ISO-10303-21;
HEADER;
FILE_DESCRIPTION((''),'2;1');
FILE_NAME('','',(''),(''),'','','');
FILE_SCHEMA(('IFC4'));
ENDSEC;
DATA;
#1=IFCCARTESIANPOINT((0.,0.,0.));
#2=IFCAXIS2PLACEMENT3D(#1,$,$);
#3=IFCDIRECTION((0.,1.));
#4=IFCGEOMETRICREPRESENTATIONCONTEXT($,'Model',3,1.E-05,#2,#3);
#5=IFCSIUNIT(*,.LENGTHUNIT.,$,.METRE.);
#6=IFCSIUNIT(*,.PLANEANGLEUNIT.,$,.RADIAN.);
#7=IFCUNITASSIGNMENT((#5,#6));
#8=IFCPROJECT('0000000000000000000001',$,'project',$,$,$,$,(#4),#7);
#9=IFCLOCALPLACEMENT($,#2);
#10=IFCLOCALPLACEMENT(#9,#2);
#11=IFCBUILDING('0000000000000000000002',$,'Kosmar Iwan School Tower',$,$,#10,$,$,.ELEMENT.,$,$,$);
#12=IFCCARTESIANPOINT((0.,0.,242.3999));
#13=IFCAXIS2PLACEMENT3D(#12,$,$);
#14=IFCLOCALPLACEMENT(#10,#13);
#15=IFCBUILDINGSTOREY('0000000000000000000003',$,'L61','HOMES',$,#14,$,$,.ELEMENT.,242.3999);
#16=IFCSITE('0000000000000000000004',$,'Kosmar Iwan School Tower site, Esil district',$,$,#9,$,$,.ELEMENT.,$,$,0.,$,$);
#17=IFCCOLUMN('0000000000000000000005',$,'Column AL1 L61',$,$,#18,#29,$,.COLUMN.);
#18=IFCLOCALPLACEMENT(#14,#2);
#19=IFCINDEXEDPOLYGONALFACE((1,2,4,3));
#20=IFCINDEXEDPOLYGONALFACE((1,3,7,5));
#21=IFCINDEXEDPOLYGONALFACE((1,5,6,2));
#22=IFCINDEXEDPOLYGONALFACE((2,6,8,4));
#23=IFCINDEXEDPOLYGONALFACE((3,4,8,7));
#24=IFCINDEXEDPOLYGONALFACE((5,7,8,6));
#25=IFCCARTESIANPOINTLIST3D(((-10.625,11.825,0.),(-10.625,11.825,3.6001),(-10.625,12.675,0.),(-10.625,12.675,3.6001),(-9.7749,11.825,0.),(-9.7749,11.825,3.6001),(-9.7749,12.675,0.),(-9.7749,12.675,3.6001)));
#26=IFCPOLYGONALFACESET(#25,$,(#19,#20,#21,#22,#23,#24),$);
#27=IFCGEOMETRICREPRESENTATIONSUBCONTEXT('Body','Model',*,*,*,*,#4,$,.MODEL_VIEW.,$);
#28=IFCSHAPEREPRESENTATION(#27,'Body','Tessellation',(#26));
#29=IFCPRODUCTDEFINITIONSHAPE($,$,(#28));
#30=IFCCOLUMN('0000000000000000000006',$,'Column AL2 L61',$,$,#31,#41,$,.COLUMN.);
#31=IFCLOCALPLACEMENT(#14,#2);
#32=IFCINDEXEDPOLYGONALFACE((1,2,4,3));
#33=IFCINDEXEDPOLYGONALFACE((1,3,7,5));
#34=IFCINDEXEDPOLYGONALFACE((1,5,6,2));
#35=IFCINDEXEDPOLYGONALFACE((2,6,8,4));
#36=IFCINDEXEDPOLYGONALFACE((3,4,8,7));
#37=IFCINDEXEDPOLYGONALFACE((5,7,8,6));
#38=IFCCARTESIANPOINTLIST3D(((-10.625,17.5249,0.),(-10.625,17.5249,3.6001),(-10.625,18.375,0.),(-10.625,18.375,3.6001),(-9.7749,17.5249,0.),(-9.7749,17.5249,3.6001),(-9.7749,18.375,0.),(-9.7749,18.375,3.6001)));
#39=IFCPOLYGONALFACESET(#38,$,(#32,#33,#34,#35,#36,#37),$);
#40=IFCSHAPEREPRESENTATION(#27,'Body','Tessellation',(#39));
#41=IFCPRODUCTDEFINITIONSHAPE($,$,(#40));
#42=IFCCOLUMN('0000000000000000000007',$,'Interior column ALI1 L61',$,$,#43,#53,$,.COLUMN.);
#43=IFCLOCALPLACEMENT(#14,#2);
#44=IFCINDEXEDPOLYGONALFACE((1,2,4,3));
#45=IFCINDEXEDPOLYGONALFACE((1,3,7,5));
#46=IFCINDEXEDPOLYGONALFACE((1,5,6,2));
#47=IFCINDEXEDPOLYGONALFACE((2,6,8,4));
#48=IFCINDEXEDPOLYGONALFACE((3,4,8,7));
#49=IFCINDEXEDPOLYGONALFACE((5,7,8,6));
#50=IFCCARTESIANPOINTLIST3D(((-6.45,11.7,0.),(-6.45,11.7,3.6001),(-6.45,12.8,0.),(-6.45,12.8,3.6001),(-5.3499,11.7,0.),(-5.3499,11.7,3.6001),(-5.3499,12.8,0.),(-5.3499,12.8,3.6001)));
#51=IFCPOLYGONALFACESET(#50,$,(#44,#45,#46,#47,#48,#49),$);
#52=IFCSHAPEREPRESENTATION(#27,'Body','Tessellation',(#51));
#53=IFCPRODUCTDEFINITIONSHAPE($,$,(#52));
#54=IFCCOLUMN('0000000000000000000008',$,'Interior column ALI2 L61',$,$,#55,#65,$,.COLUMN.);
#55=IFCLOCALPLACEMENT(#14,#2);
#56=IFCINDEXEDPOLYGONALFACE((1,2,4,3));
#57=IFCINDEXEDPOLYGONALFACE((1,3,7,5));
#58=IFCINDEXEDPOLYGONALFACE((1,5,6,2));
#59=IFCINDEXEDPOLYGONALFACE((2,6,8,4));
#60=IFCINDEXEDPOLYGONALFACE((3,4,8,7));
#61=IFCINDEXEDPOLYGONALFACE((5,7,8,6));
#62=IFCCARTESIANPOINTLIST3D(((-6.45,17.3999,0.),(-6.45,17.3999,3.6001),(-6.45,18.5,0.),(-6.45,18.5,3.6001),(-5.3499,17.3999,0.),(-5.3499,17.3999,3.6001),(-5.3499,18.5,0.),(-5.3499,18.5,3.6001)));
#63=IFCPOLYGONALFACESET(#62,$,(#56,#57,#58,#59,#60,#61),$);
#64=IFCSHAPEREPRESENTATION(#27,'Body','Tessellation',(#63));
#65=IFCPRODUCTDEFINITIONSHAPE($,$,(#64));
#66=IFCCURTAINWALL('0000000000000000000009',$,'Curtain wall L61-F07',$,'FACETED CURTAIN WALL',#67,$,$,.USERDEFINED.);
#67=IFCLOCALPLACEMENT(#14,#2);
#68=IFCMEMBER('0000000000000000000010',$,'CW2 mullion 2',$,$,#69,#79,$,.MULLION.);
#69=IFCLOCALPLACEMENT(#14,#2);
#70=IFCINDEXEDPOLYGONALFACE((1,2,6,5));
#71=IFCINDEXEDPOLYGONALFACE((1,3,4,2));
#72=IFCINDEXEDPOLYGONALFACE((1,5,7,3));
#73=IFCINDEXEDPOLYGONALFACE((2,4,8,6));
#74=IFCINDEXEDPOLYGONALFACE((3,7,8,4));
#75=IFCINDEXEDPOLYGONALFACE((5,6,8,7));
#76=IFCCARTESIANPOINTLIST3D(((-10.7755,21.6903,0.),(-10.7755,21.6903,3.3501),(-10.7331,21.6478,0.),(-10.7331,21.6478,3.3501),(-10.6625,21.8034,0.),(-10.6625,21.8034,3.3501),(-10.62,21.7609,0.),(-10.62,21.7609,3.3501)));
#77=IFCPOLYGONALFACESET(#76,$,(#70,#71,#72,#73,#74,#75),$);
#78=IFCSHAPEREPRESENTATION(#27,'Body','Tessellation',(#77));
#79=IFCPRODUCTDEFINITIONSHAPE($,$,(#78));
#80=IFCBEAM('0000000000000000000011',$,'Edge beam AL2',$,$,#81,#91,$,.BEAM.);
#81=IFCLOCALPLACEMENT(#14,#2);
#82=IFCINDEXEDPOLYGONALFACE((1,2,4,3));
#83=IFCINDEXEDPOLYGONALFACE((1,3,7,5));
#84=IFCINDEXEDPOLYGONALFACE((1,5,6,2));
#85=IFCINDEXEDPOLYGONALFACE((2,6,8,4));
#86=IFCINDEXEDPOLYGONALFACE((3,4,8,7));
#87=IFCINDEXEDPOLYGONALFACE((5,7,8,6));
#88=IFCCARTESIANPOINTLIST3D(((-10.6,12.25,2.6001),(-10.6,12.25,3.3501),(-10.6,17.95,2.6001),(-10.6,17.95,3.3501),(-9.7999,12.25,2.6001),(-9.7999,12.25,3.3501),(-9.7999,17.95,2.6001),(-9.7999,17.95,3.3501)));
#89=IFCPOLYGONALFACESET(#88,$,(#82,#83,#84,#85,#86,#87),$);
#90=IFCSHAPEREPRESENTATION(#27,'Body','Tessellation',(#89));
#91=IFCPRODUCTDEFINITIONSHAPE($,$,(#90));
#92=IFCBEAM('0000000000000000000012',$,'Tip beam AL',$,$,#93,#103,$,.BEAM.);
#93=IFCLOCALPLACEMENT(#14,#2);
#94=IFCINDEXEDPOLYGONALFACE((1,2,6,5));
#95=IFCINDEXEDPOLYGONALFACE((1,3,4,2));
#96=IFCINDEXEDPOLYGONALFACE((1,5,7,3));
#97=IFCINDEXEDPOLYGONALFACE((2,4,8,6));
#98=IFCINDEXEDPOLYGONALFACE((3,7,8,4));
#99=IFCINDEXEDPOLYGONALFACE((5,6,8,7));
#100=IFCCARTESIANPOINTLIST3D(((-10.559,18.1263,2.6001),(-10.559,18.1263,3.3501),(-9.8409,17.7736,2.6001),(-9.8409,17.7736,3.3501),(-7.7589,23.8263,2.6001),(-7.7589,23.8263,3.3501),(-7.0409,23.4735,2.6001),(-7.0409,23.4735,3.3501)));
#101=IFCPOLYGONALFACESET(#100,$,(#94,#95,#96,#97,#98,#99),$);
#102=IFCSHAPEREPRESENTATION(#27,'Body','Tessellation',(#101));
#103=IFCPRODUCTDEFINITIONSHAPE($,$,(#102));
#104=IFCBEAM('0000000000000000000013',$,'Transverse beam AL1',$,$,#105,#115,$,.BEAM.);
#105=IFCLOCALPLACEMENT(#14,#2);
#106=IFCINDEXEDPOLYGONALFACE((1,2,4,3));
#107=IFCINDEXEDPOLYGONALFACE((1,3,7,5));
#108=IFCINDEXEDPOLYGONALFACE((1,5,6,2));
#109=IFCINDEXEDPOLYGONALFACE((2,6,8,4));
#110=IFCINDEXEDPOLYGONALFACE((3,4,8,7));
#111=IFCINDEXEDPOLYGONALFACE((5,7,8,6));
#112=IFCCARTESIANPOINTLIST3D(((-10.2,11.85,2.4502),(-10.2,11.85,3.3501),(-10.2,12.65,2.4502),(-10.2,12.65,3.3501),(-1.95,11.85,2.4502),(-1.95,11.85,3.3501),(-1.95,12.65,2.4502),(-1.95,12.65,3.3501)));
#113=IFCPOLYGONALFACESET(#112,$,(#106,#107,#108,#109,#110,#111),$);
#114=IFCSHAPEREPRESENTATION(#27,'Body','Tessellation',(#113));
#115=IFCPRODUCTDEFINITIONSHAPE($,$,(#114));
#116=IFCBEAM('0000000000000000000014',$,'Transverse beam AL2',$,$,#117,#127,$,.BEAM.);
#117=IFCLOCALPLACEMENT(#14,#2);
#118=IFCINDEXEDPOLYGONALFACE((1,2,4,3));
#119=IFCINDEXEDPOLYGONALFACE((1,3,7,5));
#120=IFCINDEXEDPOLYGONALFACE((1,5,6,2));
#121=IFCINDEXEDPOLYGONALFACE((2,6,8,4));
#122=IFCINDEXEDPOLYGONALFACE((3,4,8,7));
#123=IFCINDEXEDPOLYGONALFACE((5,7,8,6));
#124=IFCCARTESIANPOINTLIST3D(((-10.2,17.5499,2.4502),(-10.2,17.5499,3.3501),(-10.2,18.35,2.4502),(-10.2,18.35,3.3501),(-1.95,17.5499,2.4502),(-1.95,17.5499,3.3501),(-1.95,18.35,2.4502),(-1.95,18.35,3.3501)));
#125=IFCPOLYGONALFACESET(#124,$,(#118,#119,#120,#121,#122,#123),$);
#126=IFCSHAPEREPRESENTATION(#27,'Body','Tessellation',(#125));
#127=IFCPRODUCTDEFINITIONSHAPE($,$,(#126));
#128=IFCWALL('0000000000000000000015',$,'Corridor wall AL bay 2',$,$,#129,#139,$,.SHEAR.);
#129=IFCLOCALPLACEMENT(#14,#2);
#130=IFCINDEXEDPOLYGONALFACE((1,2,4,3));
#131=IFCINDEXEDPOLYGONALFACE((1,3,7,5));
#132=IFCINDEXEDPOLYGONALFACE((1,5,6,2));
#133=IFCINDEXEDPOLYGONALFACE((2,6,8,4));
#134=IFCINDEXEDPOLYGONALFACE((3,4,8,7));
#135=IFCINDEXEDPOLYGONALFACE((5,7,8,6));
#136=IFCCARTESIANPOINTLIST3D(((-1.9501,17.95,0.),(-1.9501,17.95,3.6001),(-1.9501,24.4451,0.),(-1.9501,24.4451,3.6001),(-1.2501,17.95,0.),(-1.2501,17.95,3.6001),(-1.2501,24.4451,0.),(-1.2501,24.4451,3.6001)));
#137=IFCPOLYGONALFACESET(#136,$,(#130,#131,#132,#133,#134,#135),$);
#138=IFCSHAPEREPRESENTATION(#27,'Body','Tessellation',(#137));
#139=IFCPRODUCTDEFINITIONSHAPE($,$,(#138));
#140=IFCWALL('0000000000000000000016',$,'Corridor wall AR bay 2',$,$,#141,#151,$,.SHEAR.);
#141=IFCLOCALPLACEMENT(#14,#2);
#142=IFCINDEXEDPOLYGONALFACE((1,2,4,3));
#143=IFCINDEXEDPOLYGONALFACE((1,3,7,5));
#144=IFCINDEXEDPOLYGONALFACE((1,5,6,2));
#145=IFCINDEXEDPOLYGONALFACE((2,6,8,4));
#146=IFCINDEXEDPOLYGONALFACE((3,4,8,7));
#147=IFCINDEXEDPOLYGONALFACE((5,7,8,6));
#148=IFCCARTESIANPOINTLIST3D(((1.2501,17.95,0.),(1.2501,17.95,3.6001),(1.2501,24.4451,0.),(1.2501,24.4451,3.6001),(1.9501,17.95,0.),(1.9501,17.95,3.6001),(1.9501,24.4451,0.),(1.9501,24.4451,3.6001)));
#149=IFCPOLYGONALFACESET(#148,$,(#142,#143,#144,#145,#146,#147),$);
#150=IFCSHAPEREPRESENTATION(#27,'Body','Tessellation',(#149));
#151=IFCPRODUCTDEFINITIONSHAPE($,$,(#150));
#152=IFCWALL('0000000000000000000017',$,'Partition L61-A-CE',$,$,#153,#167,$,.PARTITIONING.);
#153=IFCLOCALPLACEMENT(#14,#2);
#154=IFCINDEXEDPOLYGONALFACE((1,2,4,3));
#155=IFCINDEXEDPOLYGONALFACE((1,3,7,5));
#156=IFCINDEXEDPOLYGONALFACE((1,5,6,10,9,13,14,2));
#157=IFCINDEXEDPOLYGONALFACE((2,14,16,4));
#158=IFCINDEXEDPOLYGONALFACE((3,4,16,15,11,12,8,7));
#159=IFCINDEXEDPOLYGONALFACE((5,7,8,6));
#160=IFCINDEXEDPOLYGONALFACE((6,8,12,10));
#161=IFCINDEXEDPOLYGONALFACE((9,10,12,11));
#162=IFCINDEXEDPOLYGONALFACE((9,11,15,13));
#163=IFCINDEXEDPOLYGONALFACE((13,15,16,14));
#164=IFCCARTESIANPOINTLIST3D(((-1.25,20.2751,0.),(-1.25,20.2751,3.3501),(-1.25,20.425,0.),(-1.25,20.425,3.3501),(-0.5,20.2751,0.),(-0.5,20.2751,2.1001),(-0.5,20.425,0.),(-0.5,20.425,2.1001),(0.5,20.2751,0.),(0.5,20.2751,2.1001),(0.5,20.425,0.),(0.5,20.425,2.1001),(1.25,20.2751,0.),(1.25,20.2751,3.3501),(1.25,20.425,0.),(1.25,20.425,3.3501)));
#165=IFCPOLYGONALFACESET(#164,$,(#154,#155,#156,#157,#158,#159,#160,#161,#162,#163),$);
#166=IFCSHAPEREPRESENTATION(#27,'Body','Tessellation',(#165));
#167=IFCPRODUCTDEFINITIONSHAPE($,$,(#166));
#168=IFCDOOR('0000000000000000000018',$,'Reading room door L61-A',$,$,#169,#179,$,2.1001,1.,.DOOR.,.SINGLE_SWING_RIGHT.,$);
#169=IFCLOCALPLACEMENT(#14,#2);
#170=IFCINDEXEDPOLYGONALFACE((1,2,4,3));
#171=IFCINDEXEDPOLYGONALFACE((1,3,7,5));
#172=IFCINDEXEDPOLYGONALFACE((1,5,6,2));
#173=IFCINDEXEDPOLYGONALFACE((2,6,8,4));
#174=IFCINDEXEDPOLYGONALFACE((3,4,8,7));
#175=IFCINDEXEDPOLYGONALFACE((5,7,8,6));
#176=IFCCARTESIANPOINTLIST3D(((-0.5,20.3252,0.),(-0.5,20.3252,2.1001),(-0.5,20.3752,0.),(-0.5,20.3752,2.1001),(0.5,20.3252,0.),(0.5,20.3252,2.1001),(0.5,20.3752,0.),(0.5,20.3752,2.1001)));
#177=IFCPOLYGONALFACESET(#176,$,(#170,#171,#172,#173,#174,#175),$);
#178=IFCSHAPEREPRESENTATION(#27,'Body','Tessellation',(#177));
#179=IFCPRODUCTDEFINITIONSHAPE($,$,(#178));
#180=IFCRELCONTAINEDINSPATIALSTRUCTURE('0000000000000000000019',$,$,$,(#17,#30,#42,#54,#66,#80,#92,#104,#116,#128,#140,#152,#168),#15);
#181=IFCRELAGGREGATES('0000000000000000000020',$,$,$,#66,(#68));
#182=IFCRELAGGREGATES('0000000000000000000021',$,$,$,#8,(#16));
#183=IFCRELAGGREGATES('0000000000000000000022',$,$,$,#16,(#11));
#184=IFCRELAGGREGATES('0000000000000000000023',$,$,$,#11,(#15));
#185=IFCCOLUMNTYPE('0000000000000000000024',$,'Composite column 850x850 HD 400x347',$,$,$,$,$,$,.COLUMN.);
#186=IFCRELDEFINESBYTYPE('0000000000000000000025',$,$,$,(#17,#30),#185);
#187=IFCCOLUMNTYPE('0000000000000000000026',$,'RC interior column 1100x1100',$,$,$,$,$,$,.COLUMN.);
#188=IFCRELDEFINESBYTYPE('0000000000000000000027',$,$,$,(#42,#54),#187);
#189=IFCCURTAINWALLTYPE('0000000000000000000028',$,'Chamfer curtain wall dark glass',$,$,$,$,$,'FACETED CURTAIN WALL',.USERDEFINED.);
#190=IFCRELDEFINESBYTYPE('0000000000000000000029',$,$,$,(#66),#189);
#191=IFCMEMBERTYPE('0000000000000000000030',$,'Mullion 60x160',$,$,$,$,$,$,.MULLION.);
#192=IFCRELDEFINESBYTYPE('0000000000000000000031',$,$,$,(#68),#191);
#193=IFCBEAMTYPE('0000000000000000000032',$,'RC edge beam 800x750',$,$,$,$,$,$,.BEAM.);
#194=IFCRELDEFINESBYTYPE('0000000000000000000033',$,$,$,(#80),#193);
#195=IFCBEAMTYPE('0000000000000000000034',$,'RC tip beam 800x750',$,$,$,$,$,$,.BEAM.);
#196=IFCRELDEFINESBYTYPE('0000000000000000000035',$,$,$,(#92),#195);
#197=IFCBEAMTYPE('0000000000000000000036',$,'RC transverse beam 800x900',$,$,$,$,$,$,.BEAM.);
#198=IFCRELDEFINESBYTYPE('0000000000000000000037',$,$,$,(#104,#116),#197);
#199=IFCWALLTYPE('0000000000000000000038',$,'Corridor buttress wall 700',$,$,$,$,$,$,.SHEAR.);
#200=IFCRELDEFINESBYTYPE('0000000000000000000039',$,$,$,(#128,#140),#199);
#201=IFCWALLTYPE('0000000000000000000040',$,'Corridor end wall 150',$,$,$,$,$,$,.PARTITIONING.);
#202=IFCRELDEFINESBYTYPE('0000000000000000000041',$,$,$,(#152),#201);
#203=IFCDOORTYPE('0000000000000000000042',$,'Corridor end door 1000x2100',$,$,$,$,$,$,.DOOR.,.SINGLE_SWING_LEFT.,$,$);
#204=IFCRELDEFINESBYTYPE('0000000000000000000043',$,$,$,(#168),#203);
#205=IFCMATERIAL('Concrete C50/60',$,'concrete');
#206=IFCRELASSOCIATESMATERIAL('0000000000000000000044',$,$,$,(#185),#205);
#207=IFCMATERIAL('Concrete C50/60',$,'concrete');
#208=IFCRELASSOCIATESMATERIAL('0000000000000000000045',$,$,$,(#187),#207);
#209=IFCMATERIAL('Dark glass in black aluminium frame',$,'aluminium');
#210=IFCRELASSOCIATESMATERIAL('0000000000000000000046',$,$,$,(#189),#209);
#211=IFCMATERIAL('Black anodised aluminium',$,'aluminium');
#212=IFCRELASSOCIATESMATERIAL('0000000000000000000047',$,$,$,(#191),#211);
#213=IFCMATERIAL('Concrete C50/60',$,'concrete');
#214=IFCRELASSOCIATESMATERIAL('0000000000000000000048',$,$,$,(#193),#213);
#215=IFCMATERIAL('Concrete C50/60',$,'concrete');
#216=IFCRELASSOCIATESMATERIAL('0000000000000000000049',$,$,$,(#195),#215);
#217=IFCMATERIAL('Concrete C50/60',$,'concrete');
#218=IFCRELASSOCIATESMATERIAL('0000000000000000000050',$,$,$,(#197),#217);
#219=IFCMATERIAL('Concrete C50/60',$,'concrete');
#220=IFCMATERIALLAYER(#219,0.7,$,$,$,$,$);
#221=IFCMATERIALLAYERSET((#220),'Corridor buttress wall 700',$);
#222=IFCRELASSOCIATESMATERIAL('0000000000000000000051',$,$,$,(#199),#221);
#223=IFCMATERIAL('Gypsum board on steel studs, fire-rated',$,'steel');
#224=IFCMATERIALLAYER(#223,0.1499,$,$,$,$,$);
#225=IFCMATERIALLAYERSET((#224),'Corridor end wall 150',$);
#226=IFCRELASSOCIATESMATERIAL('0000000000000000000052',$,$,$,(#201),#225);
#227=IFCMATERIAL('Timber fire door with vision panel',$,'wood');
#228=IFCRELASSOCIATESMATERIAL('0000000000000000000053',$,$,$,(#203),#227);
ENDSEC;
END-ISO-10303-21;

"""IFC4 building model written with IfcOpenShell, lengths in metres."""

from ifc_helpers import new_model, si_unit, direction, frame, frame_2d, origin, origin_2d, place, context, subcontext, project, spatial, rectangle, extrude, material, layer, layer_set, material_profile, profile_set, type_object, element, fill, aggregate, save


model = new_model("IFC4")

# Units and contexts
model_context = context("Model", 3, precision=1e-05, world=origin(), true_north=direction((0.0, 1.0)))
body_context = subcontext(model_context, "Body", "Model", "MODEL_VIEW")
ifc_project = project(units=[si_unit("LENGTHUNIT", "METRE"), si_unit("PLANEANGLEUNIT", "RADIAN")], contexts=[model_context])

# Site, building, storey
site_placement = place(None, origin())
site = spatial("IfcSite", under=ifc_project, at=site_placement, Name="Kosmar Iwan School Tower site, Esil district", CompositionType="ELEMENT", RefElevation=0.0)
building_placement = place(site_placement, origin())
building = spatial("IfcBuilding", under=site, at=building_placement, Name="Kosmar Iwan School Tower", CompositionType="ELEMENT")
storey_placement = place(building_placement, frame((0.0, 0.0, 242.3999)))
storey = spatial("IfcBuildingStorey", under=building, at=storey_placement, Name="L61", Description="HOMES", CompositionType="ELEMENT", Elevation=242.3999)

# Columns
ifc_material_1 = material(Name="Concrete C50/60", Category="concrete")
ifc_material_profile_1 = material_profile(ifc_material_1, rectangle(XDim=0.8501, YDim=0.8501, at=origin_2d()), Name="RC 850x850 + HD 400x347")
ifc_profile_set_1 = profile_set([ifc_material_profile_1], Name="Concrete C50/60")
column_type_1 = type_object("IfcColumnType", Name="Composite column 850x850 HD 400x347", PredefinedType="COLUMN", material=ifc_profile_set_1)
for number, where, z_axis, x_axis, name in (
    (1, (-10.2, 12.25, 0.0), (0.0, 0.0, 1.0), (0.0, 1.0, 0.0), "Column AL1 L61"),
    (2, (-10.2, 17.95, 0.0), (0.0, 0.0, 1.0), (0.0, 1.0, 0.0), "Column AL2 L61"),
):
    element("IfcColumn", number, at=place(storey_placement, frame(where, z_axis=z_axis, x_axis=x_axis)), inside=storey, type_object=column_type_1, Name=name, PredefinedType="COLUMN", context=body_context, shape_type="SweptSolid", body=[
        extrude(rectangle(XDim=0.8501, YDim=0.8501, at=origin_2d()), origin(), (0.0, 0.0, 1.0), 3.6001),
    ])
ifc_material_2 = material(Name="Concrete C50/60", Category="concrete")
ifc_material_profile_2 = material_profile(ifc_material_2, rectangle(XDim=1.1001, YDim=1.1001, at=origin_2d()), Name="RC 1100x1100")
ifc_profile_set_2 = profile_set([ifc_material_profile_2], Name="Concrete C50/60")
column_type_2 = type_object("IfcColumnType", Name="RC interior column 1100x1100", PredefinedType="COLUMN", material=ifc_profile_set_2)
for number, where, z_axis, x_axis, name in (
    (3, (-5.8999, 12.25, 0.0), (0.0, 0.0, 1.0), (0.0, 1.0, 0.0), "Interior column ALI1 L61"),
    (4, (-5.8999, 17.95, 0.0), (0.0, 0.0, 1.0), (0.0, 1.0, 0.0), "Interior column ALI2 L61"),
):
    element("IfcColumn", number, at=place(storey_placement, frame(where, z_axis=z_axis, x_axis=x_axis)), inside=storey, type_object=column_type_2, Name=name, PredefinedType="COLUMN", context=body_context, shape_type="SweptSolid", body=[
        extrude(rectangle(XDim=1.1001, YDim=1.1001, at=origin_2d()), origin(), (0.0, 0.0, 1.0), 3.6001),
    ])

# Curtain wall, member
ifc_material_3 = material(Name="Dark glass in black aluminium frame", Category="aluminium")
curtain_wall_type = type_object("IfcCurtainWallType", Name="Chamfer curtain wall dark glass", ElementType="FACETED CURTAIN WALL", PredefinedType="USERDEFINED", material=ifc_material_3)
curtain_wall_placement = place(storey_placement, origin())
curtain_wall = element("IfcCurtainWall", 5, at=curtain_wall_placement, inside=storey, type_object=curtain_wall_type, Name="Curtain wall L61-F07", ObjectType="FACETED CURTAIN WALL", PredefinedType="USERDEFINED")
ifc_material_4 = material(Name="Black anodised aluminium", Category="aluminium")
ifc_material_profile_3 = material_profile(ifc_material_4, rectangle(XDim=0.0601, YDim=0.1599, at=origin_2d()), Name="MULLION 60x160")
ifc_profile_set_3 = profile_set([ifc_material_profile_3], Name="Black anodised aluminium")
member_type = type_object("IfcMemberType", Name="Mullion 60x160", PredefinedType="MULLION", material=ifc_profile_set_3)
member_placement = place(storey_placement, frame((-10.6978, 21.7256, 0.0), z_axis=(0.0, 0.0, 1.0), x_axis=(0.707107, -0.707107, 0.0)))
member = element("IfcMember", 6, at=member_placement, type_object=member_type, Name="CW2 mullion 2", PredefinedType="MULLION", context=body_context, shape_type="SweptSolid", body=[
    extrude(rectangle(XDim=0.0601, YDim=0.1599, at=origin_2d()), origin(), (0.0, 0.0, 1.0), 3.3501),
])
aggregate(curtain_wall, [member])

# Beams
ifc_material_5 = material(Name="Concrete C50/60", Category="concrete")
ifc_material_profile_4 = material_profile(ifc_material_5, rectangle(XDim=0.8, YDim=0.75, at=origin_2d()), Name="RC 800x750")
ifc_profile_set_4 = profile_set([ifc_material_profile_4], Name="Concrete C50/60")
beam_type_1 = type_object("IfcBeamType", Name="RC edge beam 800x750", PredefinedType="BEAM", material=ifc_profile_set_4)
beam_1_placement = place(storey_placement, frame((-10.2, 12.25, 2.9751), z_axis=(0.0, 1.0, 0.0), x_axis=(-1.0, 0.0, 0.0)))
element("IfcBeam", 7, at=beam_1_placement, inside=storey, type_object=beam_type_1, Name="Edge beam AL2", PredefinedType="BEAM", context=body_context, shape_type="SweptSolid", body=[
    extrude(rectangle(XDim=0.8, YDim=0.75, at=origin_2d()), origin(), (0.0, 0.0, 1.0), 5.7),
])
ifc_material_6 = material(Name="Concrete C50/60", Category="concrete")
ifc_material_profile_5 = material_profile(ifc_material_6, rectangle(XDim=0.8, YDim=0.75, at=origin_2d()), Name="RC 800x750")
ifc_profile_set_5 = profile_set([ifc_material_profile_5], Name="Concrete C50/60")
beam_type_2 = type_object("IfcBeamType", Name="RC tip beam 800x750", PredefinedType="BEAM", material=ifc_profile_set_5)
beam_2_placement = place(storey_placement, frame((-10.2, 17.95, 2.9751), z_axis=(0.440913, 0.89755, 0.0), x_axis=(-0.89755, 0.440913, 0.0)))
element("IfcBeam", 8, at=beam_2_placement, inside=storey, type_object=beam_type_2, Name="Tip beam AL", PredefinedType="BEAM", context=body_context, shape_type="SweptSolid", body=[
    extrude(rectangle(XDim=0.8, YDim=0.75, at=origin_2d()), origin(), (0.0, 0.0, 1.0), 6.3506),
])
ifc_material_7 = material(Name="Concrete C50/60", Category="concrete")
ifc_material_profile_6 = material_profile(ifc_material_7, rectangle(XDim=0.8, YDim=0.8999, at=origin_2d()), Name="RC 800x900")
ifc_profile_set_6 = profile_set([ifc_material_profile_6], Name="Concrete C50/60")
beam_type_3 = type_object("IfcBeamType", Name="RC transverse beam 800x900", PredefinedType="BEAM", material=ifc_profile_set_6)
for number, where, z_axis, x_axis, name in (
    (9, (-10.2, 12.25, 2.9001), (1.0, 0.0, 0.0), (0.0, 1.0, 0.0), "Transverse beam AL1"),
    (10, (-10.2, 17.95, 2.9001), (1.0, 0.0, 0.0), (0.0, 1.0, 0.0), "Transverse beam AL2"),
):
    element("IfcBeam", number, at=place(storey_placement, frame(where, z_axis=z_axis, x_axis=x_axis)), inside=storey, type_object=beam_type_3, Name=name, PredefinedType="BEAM", context=body_context, shape_type="SweptSolid", body=[
        extrude(rectangle(XDim=0.8, YDim=0.8999, at=origin_2d()), origin(), (0.0, 0.0, 1.0), 8.25),
    ])

# Walls
ifc_material_8 = material(Name="Concrete C50/60", Category="concrete")
ifc_layer_1 = layer(ifc_material_8, 0.7)
ifc_layer_set_1 = layer_set([ifc_layer_1], Name="Corridor buttress wall 700")
wall_type_1 = type_object("IfcWallType", Name="Corridor buttress wall 700", PredefinedType="SHEAR", material=ifc_layer_set_1)
for number, where, z_axis, x_axis, name in (
    (11, (-1.6001, 17.95, 0.0), (0.0, 0.0, 1.0), (0.0, 1.0, 0.0), "Corridor wall AL bay 2"),
    (12, (1.6001, 17.95, 0.0), (0.0, 0.0, 1.0), (0.0, 1.0, 0.0), "Corridor wall AR bay 2"),
):
    element("IfcWall", number, at=place(storey_placement, frame(where, z_axis=z_axis, x_axis=x_axis)), inside=storey, type_object=wall_type_1, Name=name, PredefinedType="SHEAR", context=body_context, shape_type="SweptSolid", body=[
        extrude(rectangle(XDim=6.4951, YDim=0.7, at=frame_2d((3.2476, 0.0))), origin(), (0.0, 0.0, 1.0), 3.6001),
    ])

# Wall, opening, door
ifc_material_9 = material(Name="Gypsum board on steel studs, fire-rated", Category="steel")
ifc_layer_2 = layer(ifc_material_9, 0.1499)
ifc_layer_set_2 = layer_set([ifc_layer_2], Name="Corridor end wall 150")
wall_type_2 = type_object("IfcWallType", Name="Corridor end wall 150", PredefinedType="PARTITIONING", material=ifc_layer_set_2)
wall_1_placement = place(storey_placement, frame((1.25, 20.3501, 0.0), z_axis=(0.0, 0.0, 1.0), x_axis=(-1.0, 0.0, 0.0)))
wall_1 = element("IfcWall", 13, at=wall_1_placement, inside=storey, type_object=wall_type_2, Name="Partition L61-A-CE", PredefinedType="PARTITIONING", context=body_context, shape_type="SweptSolid", body=[
    extrude(rectangle(XDim=2.5, YDim=0.1499, at=frame_2d((1.25, 0.0))), origin(), (0.0, 0.0, 1.0), 3.3501),
])
opening_1_placement = place(wall_1_placement, frame((0.75, 0.0, 0.0)))
opening_1 = element("IfcOpeningElement", 14, at=opening_1_placement, cuts=wall_1, PredefinedType="OPENING", context=body_context, shape_type="SweptSolid", body=[
    extrude(rectangle(XDim=1.0, YDim=2.1001, at=frame_2d((0.5, 1.05))), frame((0.0, 0.0869, 0.0), z_axis=(0.0, -1.0, 0.0), x_axis=(1.0, 0.0, 0.0)), (0.0, 0.0, 1.0), 0.1738),
])
ifc_material_10 = material(Name="Timber fire door with vision panel", Category="wood")
door_type = type_object("IfcDoorType", Name="Corridor end door 1000x2100", OperationType="SINGLE_SWING_LEFT", PredefinedType="DOOR", material=ifc_material_10)
door_1_placement = place(opening_1_placement, origin())
door_1 = element("IfcDoor", 15, at=door_1_placement, inside=storey, type_object=door_type, Name="Reading room door L61-A", OperationType="SINGLE_SWING_RIGHT", OverallHeight=2.1001, OverallWidth=1.0, PredefinedType="DOOR", context=body_context, shape_type="SweptSolid", body=[
    extrude(rectangle(XDim=1.0, YDim=2.1001, at=frame_2d((0.5, 1.05))), frame((0.0, 0.0249, 0.0), z_axis=(0.0, -1.0, 0.0), x_axis=(1.0, 0.0, 0.0)), (0.0, 0.0, 1.0), 0.05),
])
fill(opening_1, door_1)

save(model, "model.ifc")
